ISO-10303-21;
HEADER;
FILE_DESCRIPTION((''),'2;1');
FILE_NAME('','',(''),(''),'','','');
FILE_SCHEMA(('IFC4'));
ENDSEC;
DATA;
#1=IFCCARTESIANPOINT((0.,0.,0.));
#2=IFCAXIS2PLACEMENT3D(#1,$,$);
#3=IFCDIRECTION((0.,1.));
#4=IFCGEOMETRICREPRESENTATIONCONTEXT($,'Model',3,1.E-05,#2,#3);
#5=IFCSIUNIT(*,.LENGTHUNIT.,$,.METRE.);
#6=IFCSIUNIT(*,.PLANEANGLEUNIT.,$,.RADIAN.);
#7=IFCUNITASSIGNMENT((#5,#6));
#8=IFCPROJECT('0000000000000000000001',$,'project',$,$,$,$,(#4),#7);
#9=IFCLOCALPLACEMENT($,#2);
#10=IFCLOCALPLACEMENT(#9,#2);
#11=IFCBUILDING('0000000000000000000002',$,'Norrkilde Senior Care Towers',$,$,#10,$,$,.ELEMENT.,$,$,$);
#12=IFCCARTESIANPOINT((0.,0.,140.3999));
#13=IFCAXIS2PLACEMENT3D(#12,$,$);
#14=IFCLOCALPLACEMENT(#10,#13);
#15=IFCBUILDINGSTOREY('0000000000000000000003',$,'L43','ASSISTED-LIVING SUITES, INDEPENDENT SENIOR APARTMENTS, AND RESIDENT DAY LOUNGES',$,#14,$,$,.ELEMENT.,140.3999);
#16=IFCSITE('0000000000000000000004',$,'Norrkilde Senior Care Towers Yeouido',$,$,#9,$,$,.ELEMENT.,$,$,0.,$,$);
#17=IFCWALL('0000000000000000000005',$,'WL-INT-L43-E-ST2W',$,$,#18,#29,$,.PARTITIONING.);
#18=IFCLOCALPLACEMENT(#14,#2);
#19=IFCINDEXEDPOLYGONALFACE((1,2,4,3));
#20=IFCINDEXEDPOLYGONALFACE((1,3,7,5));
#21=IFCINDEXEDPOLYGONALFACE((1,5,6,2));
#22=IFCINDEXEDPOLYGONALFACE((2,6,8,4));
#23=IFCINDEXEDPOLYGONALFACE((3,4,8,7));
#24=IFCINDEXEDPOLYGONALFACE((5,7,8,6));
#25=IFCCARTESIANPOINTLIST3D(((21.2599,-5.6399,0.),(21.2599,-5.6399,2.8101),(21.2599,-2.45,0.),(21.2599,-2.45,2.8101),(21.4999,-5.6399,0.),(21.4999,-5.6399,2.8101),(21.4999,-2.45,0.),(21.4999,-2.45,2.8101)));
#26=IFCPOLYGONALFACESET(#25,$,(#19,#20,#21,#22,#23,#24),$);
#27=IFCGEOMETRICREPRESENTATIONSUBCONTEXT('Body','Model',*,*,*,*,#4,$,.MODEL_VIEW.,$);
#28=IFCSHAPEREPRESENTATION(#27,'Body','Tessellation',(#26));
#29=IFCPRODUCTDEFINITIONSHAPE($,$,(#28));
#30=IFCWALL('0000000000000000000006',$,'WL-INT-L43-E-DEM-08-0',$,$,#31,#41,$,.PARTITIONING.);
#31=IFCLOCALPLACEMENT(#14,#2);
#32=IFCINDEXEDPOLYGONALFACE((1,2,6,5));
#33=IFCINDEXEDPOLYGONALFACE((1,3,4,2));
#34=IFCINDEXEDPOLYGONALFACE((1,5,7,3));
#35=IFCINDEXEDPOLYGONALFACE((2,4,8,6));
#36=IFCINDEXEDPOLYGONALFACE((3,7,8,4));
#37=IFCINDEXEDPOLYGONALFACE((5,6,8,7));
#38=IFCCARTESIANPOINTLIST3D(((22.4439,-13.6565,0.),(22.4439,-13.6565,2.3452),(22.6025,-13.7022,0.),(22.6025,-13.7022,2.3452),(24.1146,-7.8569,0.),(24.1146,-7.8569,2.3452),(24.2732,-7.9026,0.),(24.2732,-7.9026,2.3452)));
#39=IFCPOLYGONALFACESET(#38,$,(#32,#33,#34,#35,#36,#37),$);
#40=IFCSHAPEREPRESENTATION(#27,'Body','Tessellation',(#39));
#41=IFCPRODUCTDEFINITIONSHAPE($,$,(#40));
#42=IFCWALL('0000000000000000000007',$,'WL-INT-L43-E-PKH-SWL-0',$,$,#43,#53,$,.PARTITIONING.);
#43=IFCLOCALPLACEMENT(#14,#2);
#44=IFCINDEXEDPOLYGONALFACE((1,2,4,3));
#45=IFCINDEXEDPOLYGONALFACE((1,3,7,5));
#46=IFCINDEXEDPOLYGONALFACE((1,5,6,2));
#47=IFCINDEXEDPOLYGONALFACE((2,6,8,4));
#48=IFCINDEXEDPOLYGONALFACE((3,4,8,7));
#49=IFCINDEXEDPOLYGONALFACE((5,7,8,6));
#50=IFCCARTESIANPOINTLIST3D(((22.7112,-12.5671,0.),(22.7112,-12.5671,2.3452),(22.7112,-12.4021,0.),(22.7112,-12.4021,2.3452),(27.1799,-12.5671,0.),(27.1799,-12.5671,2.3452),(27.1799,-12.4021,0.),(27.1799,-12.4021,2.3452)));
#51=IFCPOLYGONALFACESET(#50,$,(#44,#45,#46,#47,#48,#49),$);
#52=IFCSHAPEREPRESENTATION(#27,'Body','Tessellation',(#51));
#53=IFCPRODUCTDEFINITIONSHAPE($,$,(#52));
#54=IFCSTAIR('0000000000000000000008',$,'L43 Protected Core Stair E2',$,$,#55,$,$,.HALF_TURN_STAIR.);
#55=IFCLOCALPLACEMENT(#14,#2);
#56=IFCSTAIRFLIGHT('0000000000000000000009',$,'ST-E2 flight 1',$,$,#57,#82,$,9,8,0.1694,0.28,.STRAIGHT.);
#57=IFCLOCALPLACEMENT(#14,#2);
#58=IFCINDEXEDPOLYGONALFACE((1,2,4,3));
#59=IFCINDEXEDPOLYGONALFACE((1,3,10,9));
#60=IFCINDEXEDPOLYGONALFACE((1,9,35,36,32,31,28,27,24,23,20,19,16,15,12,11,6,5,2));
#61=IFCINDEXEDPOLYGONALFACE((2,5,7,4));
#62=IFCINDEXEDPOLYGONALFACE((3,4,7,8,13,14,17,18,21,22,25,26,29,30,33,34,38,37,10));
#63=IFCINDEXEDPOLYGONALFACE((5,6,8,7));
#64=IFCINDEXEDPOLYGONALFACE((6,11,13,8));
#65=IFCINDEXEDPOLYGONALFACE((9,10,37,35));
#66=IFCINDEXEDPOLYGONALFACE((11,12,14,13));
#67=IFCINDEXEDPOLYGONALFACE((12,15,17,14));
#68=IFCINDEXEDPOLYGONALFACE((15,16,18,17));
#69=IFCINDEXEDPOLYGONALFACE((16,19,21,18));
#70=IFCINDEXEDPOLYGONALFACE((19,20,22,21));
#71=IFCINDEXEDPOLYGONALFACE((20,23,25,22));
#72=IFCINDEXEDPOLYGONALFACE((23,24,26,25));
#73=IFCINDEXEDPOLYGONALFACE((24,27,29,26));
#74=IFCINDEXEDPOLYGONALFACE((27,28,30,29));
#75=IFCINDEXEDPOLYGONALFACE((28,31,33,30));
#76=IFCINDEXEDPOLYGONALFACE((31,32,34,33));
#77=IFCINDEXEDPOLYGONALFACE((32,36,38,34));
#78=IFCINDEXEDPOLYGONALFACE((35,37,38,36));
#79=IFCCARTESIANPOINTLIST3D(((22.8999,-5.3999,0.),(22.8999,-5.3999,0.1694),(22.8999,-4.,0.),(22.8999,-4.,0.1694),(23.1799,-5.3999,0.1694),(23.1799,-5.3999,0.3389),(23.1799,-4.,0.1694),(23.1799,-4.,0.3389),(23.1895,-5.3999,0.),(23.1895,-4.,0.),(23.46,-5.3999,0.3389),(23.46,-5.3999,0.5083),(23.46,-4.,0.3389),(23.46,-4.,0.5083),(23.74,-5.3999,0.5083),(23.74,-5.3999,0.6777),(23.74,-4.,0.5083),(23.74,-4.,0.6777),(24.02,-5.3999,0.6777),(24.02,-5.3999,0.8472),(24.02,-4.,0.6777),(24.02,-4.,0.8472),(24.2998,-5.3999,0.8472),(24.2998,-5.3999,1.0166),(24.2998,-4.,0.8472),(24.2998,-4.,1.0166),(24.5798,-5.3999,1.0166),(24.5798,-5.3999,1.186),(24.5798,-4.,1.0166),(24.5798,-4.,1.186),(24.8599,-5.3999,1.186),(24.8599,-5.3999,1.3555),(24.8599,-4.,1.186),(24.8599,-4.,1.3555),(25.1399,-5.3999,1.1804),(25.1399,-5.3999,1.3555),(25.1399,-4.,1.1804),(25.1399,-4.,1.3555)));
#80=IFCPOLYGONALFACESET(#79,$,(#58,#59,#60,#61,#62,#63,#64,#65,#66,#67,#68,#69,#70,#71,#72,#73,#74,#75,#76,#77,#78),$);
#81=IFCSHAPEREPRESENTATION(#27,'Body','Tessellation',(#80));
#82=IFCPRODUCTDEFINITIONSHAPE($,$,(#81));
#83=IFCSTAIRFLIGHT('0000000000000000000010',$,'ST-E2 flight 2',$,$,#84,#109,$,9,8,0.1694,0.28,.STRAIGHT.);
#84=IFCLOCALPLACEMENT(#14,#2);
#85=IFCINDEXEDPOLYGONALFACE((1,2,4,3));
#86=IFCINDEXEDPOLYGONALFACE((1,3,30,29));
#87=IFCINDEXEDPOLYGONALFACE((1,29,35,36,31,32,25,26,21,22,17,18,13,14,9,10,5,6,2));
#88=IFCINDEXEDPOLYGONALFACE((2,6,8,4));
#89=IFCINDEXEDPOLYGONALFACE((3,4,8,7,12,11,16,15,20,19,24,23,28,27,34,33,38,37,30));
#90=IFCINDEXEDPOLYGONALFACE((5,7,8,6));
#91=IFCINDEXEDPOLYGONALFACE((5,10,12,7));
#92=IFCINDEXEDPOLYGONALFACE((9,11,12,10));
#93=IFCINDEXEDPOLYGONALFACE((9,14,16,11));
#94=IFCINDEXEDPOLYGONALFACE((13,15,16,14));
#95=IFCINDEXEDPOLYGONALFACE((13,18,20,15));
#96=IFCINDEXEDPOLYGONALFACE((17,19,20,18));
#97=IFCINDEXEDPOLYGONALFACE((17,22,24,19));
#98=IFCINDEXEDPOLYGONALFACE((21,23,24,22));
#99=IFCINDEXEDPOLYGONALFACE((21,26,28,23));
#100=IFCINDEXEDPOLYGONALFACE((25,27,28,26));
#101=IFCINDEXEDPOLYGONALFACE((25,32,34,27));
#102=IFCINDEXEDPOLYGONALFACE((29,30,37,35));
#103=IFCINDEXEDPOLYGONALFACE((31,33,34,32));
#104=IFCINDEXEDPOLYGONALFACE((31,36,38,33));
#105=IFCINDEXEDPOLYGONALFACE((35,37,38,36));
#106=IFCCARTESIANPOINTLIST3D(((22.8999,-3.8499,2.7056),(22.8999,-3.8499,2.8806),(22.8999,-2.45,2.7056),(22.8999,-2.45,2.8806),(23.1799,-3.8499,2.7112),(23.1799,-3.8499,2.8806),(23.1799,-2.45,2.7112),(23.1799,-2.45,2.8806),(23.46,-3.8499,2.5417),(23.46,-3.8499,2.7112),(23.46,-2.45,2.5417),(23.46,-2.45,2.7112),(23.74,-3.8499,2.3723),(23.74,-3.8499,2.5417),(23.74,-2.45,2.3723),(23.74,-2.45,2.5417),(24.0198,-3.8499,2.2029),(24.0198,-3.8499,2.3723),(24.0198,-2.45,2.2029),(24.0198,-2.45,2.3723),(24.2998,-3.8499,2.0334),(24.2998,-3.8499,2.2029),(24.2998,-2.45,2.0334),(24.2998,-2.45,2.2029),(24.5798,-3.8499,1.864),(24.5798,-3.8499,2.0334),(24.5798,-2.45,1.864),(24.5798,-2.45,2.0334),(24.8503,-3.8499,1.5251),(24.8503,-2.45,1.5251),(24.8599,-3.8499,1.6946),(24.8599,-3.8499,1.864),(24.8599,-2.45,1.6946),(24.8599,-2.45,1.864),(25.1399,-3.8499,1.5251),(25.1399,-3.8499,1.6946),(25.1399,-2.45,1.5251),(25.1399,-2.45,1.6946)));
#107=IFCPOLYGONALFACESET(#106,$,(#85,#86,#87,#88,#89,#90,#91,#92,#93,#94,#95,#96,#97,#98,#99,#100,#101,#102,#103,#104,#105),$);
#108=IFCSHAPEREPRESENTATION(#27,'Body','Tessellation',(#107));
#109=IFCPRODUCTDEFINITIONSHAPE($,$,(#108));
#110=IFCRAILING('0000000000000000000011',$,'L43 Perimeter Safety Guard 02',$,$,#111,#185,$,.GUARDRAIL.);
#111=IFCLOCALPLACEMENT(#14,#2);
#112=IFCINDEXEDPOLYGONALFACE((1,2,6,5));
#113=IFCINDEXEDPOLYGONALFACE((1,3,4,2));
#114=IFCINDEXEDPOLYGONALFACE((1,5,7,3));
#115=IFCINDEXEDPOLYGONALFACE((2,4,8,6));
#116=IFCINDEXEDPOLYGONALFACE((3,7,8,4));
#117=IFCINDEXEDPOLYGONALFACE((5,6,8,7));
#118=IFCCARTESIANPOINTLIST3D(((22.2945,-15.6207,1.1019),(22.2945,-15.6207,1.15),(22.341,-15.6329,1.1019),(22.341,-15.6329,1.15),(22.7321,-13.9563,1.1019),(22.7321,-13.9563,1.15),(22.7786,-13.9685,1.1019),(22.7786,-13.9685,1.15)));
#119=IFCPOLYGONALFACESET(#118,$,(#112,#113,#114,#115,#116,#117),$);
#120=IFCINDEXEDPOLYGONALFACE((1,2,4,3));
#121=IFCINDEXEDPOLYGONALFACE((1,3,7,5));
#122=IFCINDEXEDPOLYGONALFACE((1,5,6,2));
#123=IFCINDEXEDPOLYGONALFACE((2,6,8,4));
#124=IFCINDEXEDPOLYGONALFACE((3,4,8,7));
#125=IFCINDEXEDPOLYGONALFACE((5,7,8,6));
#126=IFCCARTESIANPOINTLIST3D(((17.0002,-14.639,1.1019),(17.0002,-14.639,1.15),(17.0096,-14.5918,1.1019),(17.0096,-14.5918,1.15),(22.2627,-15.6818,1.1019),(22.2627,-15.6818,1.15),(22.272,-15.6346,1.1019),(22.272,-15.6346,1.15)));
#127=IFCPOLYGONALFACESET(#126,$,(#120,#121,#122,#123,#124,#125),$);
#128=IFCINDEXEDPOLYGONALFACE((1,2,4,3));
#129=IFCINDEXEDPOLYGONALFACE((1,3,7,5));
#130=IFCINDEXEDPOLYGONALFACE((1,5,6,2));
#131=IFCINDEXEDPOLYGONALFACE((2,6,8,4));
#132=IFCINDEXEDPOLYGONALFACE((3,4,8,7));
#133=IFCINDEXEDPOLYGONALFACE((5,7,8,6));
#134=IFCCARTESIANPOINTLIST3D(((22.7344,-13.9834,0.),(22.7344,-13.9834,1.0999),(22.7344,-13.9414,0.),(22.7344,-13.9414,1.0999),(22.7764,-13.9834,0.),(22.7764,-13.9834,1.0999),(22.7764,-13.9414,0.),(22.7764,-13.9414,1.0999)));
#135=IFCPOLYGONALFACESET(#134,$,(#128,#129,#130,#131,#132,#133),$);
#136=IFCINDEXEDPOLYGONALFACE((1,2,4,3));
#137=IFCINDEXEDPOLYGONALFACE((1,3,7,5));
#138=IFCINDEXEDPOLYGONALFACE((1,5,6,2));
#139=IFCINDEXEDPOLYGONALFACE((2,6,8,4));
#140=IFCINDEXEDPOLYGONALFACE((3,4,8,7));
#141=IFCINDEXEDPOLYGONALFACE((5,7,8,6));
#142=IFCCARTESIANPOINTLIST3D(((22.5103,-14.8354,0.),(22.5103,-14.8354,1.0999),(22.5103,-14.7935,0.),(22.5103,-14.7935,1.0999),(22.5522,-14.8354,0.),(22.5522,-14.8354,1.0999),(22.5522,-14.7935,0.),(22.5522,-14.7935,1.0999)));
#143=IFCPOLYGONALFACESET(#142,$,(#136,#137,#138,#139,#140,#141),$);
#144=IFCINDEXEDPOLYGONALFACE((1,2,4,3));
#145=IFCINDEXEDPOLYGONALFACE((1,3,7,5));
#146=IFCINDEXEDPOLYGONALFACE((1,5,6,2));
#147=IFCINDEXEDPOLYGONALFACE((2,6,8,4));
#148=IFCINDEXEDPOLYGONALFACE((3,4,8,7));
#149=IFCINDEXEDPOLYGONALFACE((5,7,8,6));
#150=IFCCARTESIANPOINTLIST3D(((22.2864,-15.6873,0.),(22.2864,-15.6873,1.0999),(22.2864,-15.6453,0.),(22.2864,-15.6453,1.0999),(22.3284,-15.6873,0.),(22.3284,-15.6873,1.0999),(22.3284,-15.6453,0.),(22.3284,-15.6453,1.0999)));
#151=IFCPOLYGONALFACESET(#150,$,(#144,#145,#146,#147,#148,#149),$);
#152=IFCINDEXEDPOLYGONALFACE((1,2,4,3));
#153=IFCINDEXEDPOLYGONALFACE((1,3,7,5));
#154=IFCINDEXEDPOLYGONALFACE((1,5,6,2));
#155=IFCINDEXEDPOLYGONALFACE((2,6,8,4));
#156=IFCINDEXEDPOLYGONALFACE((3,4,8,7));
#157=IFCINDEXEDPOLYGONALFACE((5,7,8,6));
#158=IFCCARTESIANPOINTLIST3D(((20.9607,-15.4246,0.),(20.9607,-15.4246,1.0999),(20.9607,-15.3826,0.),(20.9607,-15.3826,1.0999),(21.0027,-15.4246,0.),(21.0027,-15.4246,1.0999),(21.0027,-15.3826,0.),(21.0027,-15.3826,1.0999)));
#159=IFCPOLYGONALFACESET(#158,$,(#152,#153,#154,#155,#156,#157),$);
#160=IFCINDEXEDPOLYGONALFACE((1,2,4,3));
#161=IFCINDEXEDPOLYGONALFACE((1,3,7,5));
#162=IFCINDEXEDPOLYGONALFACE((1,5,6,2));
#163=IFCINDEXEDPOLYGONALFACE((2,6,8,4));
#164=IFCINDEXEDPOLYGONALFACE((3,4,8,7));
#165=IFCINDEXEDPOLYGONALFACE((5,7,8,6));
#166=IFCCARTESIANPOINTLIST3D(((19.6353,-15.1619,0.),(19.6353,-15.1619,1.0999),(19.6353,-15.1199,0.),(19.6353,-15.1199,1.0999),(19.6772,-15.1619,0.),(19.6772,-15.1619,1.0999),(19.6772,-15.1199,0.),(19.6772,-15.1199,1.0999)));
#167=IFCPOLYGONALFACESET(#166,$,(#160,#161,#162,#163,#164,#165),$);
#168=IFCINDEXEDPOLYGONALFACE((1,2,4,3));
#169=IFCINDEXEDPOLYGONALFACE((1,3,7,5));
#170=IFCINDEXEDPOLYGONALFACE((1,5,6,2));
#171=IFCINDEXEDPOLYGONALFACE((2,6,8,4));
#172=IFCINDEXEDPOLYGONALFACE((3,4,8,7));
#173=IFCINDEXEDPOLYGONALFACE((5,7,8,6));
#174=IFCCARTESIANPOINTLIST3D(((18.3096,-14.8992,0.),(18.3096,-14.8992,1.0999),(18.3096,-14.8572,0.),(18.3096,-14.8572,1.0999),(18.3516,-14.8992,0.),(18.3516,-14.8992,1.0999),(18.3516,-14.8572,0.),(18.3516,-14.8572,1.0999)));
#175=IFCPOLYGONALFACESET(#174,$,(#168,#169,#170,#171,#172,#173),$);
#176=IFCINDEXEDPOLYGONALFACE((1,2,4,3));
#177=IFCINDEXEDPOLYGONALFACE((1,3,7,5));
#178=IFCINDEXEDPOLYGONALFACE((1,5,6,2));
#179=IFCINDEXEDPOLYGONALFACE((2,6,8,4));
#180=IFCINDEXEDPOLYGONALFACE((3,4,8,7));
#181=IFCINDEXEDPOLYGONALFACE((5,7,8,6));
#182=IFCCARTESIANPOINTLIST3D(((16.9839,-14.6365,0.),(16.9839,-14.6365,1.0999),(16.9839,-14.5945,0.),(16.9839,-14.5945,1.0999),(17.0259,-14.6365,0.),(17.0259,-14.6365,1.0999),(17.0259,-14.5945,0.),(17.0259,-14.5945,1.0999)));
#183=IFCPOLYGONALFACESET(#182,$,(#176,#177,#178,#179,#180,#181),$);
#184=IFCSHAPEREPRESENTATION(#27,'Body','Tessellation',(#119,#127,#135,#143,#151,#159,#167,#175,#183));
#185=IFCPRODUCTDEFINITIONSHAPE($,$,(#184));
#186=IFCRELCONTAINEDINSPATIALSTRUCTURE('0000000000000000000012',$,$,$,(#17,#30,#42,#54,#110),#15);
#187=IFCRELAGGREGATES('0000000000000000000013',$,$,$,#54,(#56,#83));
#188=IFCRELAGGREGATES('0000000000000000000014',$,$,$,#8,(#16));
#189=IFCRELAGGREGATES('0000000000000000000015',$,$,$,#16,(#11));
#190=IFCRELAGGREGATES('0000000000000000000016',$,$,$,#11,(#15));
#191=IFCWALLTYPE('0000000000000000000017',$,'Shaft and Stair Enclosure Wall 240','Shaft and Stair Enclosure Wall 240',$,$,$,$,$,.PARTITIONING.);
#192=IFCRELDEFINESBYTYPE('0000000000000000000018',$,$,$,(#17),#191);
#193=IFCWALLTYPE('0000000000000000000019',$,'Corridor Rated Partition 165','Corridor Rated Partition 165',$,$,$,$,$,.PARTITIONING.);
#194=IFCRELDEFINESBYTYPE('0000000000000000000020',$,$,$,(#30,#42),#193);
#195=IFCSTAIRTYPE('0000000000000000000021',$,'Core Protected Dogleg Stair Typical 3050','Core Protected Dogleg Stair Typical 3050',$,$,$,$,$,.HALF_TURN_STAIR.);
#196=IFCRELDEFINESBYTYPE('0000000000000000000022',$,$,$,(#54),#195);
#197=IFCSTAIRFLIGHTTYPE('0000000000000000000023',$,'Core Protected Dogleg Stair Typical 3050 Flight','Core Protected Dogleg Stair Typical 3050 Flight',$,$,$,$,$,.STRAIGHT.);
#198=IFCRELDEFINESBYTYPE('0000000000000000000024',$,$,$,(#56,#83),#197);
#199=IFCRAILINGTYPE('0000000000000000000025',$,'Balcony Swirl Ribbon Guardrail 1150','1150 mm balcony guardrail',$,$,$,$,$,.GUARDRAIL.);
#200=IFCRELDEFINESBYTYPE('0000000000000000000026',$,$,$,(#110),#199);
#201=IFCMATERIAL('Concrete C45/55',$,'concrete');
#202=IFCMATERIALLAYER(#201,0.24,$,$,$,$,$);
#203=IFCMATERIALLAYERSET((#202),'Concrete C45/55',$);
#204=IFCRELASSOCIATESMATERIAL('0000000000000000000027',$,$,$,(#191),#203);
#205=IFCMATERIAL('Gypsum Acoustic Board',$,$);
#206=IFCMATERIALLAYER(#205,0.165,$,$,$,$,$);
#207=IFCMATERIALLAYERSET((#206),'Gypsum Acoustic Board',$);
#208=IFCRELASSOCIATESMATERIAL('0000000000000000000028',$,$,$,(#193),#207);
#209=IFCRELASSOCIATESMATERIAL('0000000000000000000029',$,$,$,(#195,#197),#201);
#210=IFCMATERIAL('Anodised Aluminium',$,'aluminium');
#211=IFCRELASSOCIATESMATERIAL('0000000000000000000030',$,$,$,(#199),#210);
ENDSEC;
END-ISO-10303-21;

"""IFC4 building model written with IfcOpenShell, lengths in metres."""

from ifc_helpers import new_model, si_unit, direction, frame, frame_2d, origin, origin_2d, place, context, subcontext, project, spatial, polyline, rectangle, outline, extrude, source, transform, mapped, material, layer, layer_set, type_object, type_shapes, element, aggregate, save


model = new_model("IFC4")

# Units and contexts
model_context = context("Model", 3, precision=1e-05, world=origin(), true_north=direction((0.0, 1.0)))
body_context = subcontext(model_context, "Body", "Model", "MODEL_VIEW")
ifc_project = project(units=[si_unit("LENGTHUNIT", "METRE"), si_unit("PLANEANGLEUNIT", "RADIAN")], contexts=[model_context])

# Site, building, storey
site_placement = place(None, origin())
site = spatial("IfcSite", under=ifc_project, at=site_placement, Name="Norrkilde Senior Care Towers Yeouido", CompositionType="ELEMENT", RefElevation=0.0)
building_placement = place(site_placement, origin())
building = spatial("IfcBuilding", under=site, at=building_placement, Name="Norrkilde Senior Care Towers", CompositionType="ELEMENT")
storey_placement = place(building_placement, frame((0.0, 0.0, 140.3999)))
storey = spatial("IfcBuildingStorey", under=building, at=storey_placement, Name="L43", Description="ASSISTED-LIVING SUITES, INDEPENDENT SENIOR APARTMENTS, AND RESIDENT DAY LOUNGES", CompositionType="ELEMENT", Elevation=140.3999)

# Shared definitions
ifc_material_1 = material(Name="Anodised Aluminium", Category="aluminium")

# Shared definitions
ifc_material_2 = material(Name="Concrete C45/55", Category="concrete")
ifc_layer_1 = layer(ifc_material_2, 0.24)
ifc_layer_set_1 = layer_set([ifc_layer_1], Name="Concrete C45/55")
wall_type_1 = type_object("IfcWallType", Name="Shaft and Stair Enclosure Wall 240", Description="Shaft and Stair Enclosure Wall 240", PredefinedType="PARTITIONING", material=ifc_layer_set_1)

# Walls
shared_shape_1 = source(origin(), body_context, "Body", "SweptSolid", [
    extrude(rectangle(XDim=3.1899, YDim=0.24, at=frame_2d((1.595, 0.0))), origin(), (0.0, 0.0, 1.0), 2.8101),
])
wall_1_placement = place(storey_placement, frame((21.3799, -5.6399, 0.0), z_axis=(0.0, 0.0, 1.0), x_axis=(0.0, 1.0, 0.0)))
element("IfcWall", 1, at=wall_1_placement, inside=storey, type_object=wall_type_1, Name="WL-INT-L43-E-ST2W", PredefinedType="PARTITIONING", context=body_context, shape_type="MappedRepresentation", body=[
    mapped(shared_shape_1, transform((0.0, 0.0, 0.0), x_axis=(1.0, 0.0, 0.0), y_axis=(0.0, 1.0, 0.0), z_axis=(0.0, 0.0, 1.0), scale=1.0)),
])
ifc_material_3 = material(Name="Gypsum Acoustic Board")
ifc_layer_2 = layer(ifc_material_3, 0.165)
ifc_layer_set_2 = layer_set([ifc_layer_2], Name="Gypsum Acoustic Board")
wall_type_2 = type_object("IfcWallType", Name="Corridor Rated Partition 165", Description="Corridor Rated Partition 165", PredefinedType="PARTITIONING", material=ifc_layer_set_2)
shared_shape_2 = source(origin(), body_context, "Body", "SweptSolid", [
    extrude(rectangle(XDim=6.0354, YDim=0.165, at=frame_2d((3.0176, 0.0))), origin(), (0.0, 0.0, 1.0), 2.3452),
])
wall_2_placement = place(storey_placement, frame((24.1938, -7.8799, 0.0), z_axis=(0.0, 0.0, 1.0), x_axis=(-0.276809, -0.960925, 0.0)))
element("IfcWall", 2, at=wall_2_placement, inside=storey, type_object=wall_type_2, Name="WL-INT-L43-E-DEM-08-0", PredefinedType="PARTITIONING", context=body_context, shape_type="MappedRepresentation", body=[
    mapped(shared_shape_2, transform((0.0, 0.0, 0.0), x_axis=(1.0, 0.0, 0.0), y_axis=(0.0, 1.0, 0.0), z_axis=(0.0, 0.0, 1.0), scale=1.0)),
])
shared_shape_3 = source(origin(), body_context, "Body", "SweptSolid", [
    extrude(rectangle(XDim=4.4688, YDim=0.165, at=frame_2d((2.2344, 0.0))), origin(), (0.0, 0.0, 1.0), 2.3452),
])
type_shapes(wall_type_2, [shared_shape_2, shared_shape_3])
wall_3_placement = place(storey_placement, frame((22.7112, -12.4846, 0.0), z_axis=(0.0, 0.0, 1.0), x_axis=(1.0, 0.0, 0.0)))
element("IfcWall", 3, at=wall_3_placement, inside=storey, type_object=wall_type_2, Name="WL-INT-L43-E-PKH-SWL-0", PredefinedType="PARTITIONING", context=body_context, shape_type="MappedRepresentation", body=[
    mapped(shared_shape_3, transform((0.0, 0.0, 0.0), x_axis=(1.0, 0.0, 0.0), y_axis=(0.0, 1.0, 0.0), z_axis=(0.0, 0.0, 1.0), scale=1.0)),
])

# Stair, stair flights
stair_type = type_object("IfcStairType", Name="Core Protected Dogleg Stair Typical 3050", Description="Core Protected Dogleg Stair Typical 3050", PredefinedType="HALF_TURN_STAIR", material=ifc_material_2)
stair_placement = place(storey_placement, origin())
stair = element("IfcStair", 4, at=stair_placement, inside=storey, type_object=stair_type, Name="L43 Protected Core Stair E2", PredefinedType="HALF_TURN_STAIR")
stair_flight_type = type_object("IfcStairFlightType", Name="Core Protected Dogleg Stair Typical 3050 Flight", Description="Core Protected Dogleg Stair Typical 3050 Flight", PredefinedType="STRAIGHT", material=ifc_material_2)
stair_flight_1_placement = place(storey_placement, frame((22.8999, -4.7, 0.0), z_axis=(0.0, 0.0, 1.0), x_axis=(1.0, 0.0, 0.0)))
stair_flight_1 = element("IfcStairFlight", 5, at=stair_flight_1_placement, type_object=stair_flight_type, Name="ST-E2 flight 1", NumberOfRisers=9, NumberOfTreads=8, PredefinedType="STRAIGHT", RiserHeight=0.1694, TreadLength=0.28, context=body_context, shape_type="SweptSolid", body=[
    extrude(outline(polyline([(0.0, 0.0), (0.0, 0.1694), (0.28, 0.1694), (0.28, 0.3389), (0.5601, 0.3389), (0.5601, 0.5083), (0.8401, 0.5083), (0.8401, 0.6777), (1.1201, 0.6777), (1.1201, 0.8472), (1.3999, 0.8472), (1.3999, 1.0166), (1.6799, 1.0166), (1.6799, 1.186), (1.96, 1.186), (1.96, 1.3555), (2.24, 1.3555), (2.24, 1.5249), (2.24, 1.1804), (0.2896, 0.0), (0.0, 0.0)])), frame((0.0, 0.7, 0.0), z_axis=(0.0, -1.0, 0.0), x_axis=(1.0, 0.0, 0.0)), (0.0, 0.0, 1.0), 1.3999),
])
stair_flight_2_placement = place(storey_placement, frame((25.1399, -3.1499, 1.5251), z_axis=(0.0, 0.0, 1.0), x_axis=(-1.0, 0.0, 0.0)))
stair_flight_2 = element("IfcStairFlight", 6, at=stair_flight_2_placement, type_object=stair_flight_type, Name="ST-E2 flight 2", NumberOfRisers=9, NumberOfTreads=8, PredefinedType="STRAIGHT", RiserHeight=0.1694, TreadLength=0.28, context=body_context, shape_type="SweptSolid", body=[
    extrude(outline(polyline([(0.0, 0.0), (0.0, 0.1694), (0.28, 0.1694), (0.28, 0.3389), (0.5601, 0.3389), (0.5601, 0.5083), (0.8401, 0.5083), (0.8401, 0.6777), (1.1201, 0.6777), (1.1201, 0.8472), (1.3999, 0.8472), (1.3999, 1.0166), (1.6799, 1.0166), (1.6799, 1.186), (1.96, 1.186), (1.96, 1.3555), (2.24, 1.3555), (2.24, 1.5249), (2.24, 1.1804), (0.2896, 0.0), (0.0, 0.0)])), frame((0.0, 0.7, 0.0), z_axis=(0.0, -1.0, 0.0), x_axis=(1.0, 0.0, 0.0)), (0.0, 0.0, 1.0), 1.3999),
])
aggregate(stair, [stair_flight_1, stair_flight_2])

# Railing
railing_type_1 = type_object("IfcRailingType", Name="Balcony Swirl Ribbon Guardrail 1150", Description="1150 mm balcony guardrail", PredefinedType="GUARDRAIL", material=ifc_material_1)
railing_1_placement = place(storey_placement, frame((22.7554, -13.9624, 0.0)))
element("IfcRailing", 7, at=railing_1_placement, inside=storey, type_object=railing_type_1, Name="L43 Perimeter Safety Guard 02", PredefinedType="GUARDRAIL", context=body_context, shape_type="SweptSolid", body=[
    extrude(rectangle(XDim=0.0481, YDim=0.0481, at=origin_2d()), frame((0.0, 0.0, 1.126), z_axis=(-0.254289, -0.967128, 0.0), x_axis=(0.967128, -0.254289, 0.0)), (0.0, 0.0, 1.0), 1.7209),
    extrude(rectangle(XDim=0.0481, YDim=0.0481, at=origin_2d()), frame((-0.488, -1.6958, 1.126), z_axis=(-0.980925, 0.194387, 0.0), x_axis=(-0.194387, -0.980925, 0.0)), (0.0, 0.0, 1.0), 5.3647),
    extrude(rectangle(XDim=0.042, YDim=0.042, at=origin_2d()), origin(), (0.0, 0.0, 1.0), 1.0999),
    extrude(rectangle(XDim=0.042, YDim=0.042, at=origin_2d()), frame((-0.2241, -0.8521, 0.0)), (0.0, 0.0, 1.0), 1.0999),
    extrude(rectangle(XDim=0.042, YDim=0.042, at=origin_2d()), frame((-0.448, -1.7039, 0.0)), (0.0, 0.0, 1.0), 1.0999),
    extrude(rectangle(XDim=0.042, YDim=0.042, at=origin_2d()), frame((-1.7737, -1.4412, 0.0)), (0.0, 0.0, 1.0), 1.0999),
    extrude(rectangle(XDim=0.042, YDim=0.042, at=origin_2d()), frame((-3.0991, -1.1785, 0.0)), (0.0, 0.0, 1.0), 1.0999),
    extrude(rectangle(XDim=0.042, YDim=0.042, at=origin_2d()), frame((-4.4248, -0.9158, 0.0)), (0.0, 0.0, 1.0), 1.0999),
    extrude(rectangle(XDim=0.042, YDim=0.042, at=origin_2d()), frame((-5.7505, -0.6531, 0.0)), (0.0, 0.0, 1.0), 1.0999),
])

save(model, "model.ifc")
